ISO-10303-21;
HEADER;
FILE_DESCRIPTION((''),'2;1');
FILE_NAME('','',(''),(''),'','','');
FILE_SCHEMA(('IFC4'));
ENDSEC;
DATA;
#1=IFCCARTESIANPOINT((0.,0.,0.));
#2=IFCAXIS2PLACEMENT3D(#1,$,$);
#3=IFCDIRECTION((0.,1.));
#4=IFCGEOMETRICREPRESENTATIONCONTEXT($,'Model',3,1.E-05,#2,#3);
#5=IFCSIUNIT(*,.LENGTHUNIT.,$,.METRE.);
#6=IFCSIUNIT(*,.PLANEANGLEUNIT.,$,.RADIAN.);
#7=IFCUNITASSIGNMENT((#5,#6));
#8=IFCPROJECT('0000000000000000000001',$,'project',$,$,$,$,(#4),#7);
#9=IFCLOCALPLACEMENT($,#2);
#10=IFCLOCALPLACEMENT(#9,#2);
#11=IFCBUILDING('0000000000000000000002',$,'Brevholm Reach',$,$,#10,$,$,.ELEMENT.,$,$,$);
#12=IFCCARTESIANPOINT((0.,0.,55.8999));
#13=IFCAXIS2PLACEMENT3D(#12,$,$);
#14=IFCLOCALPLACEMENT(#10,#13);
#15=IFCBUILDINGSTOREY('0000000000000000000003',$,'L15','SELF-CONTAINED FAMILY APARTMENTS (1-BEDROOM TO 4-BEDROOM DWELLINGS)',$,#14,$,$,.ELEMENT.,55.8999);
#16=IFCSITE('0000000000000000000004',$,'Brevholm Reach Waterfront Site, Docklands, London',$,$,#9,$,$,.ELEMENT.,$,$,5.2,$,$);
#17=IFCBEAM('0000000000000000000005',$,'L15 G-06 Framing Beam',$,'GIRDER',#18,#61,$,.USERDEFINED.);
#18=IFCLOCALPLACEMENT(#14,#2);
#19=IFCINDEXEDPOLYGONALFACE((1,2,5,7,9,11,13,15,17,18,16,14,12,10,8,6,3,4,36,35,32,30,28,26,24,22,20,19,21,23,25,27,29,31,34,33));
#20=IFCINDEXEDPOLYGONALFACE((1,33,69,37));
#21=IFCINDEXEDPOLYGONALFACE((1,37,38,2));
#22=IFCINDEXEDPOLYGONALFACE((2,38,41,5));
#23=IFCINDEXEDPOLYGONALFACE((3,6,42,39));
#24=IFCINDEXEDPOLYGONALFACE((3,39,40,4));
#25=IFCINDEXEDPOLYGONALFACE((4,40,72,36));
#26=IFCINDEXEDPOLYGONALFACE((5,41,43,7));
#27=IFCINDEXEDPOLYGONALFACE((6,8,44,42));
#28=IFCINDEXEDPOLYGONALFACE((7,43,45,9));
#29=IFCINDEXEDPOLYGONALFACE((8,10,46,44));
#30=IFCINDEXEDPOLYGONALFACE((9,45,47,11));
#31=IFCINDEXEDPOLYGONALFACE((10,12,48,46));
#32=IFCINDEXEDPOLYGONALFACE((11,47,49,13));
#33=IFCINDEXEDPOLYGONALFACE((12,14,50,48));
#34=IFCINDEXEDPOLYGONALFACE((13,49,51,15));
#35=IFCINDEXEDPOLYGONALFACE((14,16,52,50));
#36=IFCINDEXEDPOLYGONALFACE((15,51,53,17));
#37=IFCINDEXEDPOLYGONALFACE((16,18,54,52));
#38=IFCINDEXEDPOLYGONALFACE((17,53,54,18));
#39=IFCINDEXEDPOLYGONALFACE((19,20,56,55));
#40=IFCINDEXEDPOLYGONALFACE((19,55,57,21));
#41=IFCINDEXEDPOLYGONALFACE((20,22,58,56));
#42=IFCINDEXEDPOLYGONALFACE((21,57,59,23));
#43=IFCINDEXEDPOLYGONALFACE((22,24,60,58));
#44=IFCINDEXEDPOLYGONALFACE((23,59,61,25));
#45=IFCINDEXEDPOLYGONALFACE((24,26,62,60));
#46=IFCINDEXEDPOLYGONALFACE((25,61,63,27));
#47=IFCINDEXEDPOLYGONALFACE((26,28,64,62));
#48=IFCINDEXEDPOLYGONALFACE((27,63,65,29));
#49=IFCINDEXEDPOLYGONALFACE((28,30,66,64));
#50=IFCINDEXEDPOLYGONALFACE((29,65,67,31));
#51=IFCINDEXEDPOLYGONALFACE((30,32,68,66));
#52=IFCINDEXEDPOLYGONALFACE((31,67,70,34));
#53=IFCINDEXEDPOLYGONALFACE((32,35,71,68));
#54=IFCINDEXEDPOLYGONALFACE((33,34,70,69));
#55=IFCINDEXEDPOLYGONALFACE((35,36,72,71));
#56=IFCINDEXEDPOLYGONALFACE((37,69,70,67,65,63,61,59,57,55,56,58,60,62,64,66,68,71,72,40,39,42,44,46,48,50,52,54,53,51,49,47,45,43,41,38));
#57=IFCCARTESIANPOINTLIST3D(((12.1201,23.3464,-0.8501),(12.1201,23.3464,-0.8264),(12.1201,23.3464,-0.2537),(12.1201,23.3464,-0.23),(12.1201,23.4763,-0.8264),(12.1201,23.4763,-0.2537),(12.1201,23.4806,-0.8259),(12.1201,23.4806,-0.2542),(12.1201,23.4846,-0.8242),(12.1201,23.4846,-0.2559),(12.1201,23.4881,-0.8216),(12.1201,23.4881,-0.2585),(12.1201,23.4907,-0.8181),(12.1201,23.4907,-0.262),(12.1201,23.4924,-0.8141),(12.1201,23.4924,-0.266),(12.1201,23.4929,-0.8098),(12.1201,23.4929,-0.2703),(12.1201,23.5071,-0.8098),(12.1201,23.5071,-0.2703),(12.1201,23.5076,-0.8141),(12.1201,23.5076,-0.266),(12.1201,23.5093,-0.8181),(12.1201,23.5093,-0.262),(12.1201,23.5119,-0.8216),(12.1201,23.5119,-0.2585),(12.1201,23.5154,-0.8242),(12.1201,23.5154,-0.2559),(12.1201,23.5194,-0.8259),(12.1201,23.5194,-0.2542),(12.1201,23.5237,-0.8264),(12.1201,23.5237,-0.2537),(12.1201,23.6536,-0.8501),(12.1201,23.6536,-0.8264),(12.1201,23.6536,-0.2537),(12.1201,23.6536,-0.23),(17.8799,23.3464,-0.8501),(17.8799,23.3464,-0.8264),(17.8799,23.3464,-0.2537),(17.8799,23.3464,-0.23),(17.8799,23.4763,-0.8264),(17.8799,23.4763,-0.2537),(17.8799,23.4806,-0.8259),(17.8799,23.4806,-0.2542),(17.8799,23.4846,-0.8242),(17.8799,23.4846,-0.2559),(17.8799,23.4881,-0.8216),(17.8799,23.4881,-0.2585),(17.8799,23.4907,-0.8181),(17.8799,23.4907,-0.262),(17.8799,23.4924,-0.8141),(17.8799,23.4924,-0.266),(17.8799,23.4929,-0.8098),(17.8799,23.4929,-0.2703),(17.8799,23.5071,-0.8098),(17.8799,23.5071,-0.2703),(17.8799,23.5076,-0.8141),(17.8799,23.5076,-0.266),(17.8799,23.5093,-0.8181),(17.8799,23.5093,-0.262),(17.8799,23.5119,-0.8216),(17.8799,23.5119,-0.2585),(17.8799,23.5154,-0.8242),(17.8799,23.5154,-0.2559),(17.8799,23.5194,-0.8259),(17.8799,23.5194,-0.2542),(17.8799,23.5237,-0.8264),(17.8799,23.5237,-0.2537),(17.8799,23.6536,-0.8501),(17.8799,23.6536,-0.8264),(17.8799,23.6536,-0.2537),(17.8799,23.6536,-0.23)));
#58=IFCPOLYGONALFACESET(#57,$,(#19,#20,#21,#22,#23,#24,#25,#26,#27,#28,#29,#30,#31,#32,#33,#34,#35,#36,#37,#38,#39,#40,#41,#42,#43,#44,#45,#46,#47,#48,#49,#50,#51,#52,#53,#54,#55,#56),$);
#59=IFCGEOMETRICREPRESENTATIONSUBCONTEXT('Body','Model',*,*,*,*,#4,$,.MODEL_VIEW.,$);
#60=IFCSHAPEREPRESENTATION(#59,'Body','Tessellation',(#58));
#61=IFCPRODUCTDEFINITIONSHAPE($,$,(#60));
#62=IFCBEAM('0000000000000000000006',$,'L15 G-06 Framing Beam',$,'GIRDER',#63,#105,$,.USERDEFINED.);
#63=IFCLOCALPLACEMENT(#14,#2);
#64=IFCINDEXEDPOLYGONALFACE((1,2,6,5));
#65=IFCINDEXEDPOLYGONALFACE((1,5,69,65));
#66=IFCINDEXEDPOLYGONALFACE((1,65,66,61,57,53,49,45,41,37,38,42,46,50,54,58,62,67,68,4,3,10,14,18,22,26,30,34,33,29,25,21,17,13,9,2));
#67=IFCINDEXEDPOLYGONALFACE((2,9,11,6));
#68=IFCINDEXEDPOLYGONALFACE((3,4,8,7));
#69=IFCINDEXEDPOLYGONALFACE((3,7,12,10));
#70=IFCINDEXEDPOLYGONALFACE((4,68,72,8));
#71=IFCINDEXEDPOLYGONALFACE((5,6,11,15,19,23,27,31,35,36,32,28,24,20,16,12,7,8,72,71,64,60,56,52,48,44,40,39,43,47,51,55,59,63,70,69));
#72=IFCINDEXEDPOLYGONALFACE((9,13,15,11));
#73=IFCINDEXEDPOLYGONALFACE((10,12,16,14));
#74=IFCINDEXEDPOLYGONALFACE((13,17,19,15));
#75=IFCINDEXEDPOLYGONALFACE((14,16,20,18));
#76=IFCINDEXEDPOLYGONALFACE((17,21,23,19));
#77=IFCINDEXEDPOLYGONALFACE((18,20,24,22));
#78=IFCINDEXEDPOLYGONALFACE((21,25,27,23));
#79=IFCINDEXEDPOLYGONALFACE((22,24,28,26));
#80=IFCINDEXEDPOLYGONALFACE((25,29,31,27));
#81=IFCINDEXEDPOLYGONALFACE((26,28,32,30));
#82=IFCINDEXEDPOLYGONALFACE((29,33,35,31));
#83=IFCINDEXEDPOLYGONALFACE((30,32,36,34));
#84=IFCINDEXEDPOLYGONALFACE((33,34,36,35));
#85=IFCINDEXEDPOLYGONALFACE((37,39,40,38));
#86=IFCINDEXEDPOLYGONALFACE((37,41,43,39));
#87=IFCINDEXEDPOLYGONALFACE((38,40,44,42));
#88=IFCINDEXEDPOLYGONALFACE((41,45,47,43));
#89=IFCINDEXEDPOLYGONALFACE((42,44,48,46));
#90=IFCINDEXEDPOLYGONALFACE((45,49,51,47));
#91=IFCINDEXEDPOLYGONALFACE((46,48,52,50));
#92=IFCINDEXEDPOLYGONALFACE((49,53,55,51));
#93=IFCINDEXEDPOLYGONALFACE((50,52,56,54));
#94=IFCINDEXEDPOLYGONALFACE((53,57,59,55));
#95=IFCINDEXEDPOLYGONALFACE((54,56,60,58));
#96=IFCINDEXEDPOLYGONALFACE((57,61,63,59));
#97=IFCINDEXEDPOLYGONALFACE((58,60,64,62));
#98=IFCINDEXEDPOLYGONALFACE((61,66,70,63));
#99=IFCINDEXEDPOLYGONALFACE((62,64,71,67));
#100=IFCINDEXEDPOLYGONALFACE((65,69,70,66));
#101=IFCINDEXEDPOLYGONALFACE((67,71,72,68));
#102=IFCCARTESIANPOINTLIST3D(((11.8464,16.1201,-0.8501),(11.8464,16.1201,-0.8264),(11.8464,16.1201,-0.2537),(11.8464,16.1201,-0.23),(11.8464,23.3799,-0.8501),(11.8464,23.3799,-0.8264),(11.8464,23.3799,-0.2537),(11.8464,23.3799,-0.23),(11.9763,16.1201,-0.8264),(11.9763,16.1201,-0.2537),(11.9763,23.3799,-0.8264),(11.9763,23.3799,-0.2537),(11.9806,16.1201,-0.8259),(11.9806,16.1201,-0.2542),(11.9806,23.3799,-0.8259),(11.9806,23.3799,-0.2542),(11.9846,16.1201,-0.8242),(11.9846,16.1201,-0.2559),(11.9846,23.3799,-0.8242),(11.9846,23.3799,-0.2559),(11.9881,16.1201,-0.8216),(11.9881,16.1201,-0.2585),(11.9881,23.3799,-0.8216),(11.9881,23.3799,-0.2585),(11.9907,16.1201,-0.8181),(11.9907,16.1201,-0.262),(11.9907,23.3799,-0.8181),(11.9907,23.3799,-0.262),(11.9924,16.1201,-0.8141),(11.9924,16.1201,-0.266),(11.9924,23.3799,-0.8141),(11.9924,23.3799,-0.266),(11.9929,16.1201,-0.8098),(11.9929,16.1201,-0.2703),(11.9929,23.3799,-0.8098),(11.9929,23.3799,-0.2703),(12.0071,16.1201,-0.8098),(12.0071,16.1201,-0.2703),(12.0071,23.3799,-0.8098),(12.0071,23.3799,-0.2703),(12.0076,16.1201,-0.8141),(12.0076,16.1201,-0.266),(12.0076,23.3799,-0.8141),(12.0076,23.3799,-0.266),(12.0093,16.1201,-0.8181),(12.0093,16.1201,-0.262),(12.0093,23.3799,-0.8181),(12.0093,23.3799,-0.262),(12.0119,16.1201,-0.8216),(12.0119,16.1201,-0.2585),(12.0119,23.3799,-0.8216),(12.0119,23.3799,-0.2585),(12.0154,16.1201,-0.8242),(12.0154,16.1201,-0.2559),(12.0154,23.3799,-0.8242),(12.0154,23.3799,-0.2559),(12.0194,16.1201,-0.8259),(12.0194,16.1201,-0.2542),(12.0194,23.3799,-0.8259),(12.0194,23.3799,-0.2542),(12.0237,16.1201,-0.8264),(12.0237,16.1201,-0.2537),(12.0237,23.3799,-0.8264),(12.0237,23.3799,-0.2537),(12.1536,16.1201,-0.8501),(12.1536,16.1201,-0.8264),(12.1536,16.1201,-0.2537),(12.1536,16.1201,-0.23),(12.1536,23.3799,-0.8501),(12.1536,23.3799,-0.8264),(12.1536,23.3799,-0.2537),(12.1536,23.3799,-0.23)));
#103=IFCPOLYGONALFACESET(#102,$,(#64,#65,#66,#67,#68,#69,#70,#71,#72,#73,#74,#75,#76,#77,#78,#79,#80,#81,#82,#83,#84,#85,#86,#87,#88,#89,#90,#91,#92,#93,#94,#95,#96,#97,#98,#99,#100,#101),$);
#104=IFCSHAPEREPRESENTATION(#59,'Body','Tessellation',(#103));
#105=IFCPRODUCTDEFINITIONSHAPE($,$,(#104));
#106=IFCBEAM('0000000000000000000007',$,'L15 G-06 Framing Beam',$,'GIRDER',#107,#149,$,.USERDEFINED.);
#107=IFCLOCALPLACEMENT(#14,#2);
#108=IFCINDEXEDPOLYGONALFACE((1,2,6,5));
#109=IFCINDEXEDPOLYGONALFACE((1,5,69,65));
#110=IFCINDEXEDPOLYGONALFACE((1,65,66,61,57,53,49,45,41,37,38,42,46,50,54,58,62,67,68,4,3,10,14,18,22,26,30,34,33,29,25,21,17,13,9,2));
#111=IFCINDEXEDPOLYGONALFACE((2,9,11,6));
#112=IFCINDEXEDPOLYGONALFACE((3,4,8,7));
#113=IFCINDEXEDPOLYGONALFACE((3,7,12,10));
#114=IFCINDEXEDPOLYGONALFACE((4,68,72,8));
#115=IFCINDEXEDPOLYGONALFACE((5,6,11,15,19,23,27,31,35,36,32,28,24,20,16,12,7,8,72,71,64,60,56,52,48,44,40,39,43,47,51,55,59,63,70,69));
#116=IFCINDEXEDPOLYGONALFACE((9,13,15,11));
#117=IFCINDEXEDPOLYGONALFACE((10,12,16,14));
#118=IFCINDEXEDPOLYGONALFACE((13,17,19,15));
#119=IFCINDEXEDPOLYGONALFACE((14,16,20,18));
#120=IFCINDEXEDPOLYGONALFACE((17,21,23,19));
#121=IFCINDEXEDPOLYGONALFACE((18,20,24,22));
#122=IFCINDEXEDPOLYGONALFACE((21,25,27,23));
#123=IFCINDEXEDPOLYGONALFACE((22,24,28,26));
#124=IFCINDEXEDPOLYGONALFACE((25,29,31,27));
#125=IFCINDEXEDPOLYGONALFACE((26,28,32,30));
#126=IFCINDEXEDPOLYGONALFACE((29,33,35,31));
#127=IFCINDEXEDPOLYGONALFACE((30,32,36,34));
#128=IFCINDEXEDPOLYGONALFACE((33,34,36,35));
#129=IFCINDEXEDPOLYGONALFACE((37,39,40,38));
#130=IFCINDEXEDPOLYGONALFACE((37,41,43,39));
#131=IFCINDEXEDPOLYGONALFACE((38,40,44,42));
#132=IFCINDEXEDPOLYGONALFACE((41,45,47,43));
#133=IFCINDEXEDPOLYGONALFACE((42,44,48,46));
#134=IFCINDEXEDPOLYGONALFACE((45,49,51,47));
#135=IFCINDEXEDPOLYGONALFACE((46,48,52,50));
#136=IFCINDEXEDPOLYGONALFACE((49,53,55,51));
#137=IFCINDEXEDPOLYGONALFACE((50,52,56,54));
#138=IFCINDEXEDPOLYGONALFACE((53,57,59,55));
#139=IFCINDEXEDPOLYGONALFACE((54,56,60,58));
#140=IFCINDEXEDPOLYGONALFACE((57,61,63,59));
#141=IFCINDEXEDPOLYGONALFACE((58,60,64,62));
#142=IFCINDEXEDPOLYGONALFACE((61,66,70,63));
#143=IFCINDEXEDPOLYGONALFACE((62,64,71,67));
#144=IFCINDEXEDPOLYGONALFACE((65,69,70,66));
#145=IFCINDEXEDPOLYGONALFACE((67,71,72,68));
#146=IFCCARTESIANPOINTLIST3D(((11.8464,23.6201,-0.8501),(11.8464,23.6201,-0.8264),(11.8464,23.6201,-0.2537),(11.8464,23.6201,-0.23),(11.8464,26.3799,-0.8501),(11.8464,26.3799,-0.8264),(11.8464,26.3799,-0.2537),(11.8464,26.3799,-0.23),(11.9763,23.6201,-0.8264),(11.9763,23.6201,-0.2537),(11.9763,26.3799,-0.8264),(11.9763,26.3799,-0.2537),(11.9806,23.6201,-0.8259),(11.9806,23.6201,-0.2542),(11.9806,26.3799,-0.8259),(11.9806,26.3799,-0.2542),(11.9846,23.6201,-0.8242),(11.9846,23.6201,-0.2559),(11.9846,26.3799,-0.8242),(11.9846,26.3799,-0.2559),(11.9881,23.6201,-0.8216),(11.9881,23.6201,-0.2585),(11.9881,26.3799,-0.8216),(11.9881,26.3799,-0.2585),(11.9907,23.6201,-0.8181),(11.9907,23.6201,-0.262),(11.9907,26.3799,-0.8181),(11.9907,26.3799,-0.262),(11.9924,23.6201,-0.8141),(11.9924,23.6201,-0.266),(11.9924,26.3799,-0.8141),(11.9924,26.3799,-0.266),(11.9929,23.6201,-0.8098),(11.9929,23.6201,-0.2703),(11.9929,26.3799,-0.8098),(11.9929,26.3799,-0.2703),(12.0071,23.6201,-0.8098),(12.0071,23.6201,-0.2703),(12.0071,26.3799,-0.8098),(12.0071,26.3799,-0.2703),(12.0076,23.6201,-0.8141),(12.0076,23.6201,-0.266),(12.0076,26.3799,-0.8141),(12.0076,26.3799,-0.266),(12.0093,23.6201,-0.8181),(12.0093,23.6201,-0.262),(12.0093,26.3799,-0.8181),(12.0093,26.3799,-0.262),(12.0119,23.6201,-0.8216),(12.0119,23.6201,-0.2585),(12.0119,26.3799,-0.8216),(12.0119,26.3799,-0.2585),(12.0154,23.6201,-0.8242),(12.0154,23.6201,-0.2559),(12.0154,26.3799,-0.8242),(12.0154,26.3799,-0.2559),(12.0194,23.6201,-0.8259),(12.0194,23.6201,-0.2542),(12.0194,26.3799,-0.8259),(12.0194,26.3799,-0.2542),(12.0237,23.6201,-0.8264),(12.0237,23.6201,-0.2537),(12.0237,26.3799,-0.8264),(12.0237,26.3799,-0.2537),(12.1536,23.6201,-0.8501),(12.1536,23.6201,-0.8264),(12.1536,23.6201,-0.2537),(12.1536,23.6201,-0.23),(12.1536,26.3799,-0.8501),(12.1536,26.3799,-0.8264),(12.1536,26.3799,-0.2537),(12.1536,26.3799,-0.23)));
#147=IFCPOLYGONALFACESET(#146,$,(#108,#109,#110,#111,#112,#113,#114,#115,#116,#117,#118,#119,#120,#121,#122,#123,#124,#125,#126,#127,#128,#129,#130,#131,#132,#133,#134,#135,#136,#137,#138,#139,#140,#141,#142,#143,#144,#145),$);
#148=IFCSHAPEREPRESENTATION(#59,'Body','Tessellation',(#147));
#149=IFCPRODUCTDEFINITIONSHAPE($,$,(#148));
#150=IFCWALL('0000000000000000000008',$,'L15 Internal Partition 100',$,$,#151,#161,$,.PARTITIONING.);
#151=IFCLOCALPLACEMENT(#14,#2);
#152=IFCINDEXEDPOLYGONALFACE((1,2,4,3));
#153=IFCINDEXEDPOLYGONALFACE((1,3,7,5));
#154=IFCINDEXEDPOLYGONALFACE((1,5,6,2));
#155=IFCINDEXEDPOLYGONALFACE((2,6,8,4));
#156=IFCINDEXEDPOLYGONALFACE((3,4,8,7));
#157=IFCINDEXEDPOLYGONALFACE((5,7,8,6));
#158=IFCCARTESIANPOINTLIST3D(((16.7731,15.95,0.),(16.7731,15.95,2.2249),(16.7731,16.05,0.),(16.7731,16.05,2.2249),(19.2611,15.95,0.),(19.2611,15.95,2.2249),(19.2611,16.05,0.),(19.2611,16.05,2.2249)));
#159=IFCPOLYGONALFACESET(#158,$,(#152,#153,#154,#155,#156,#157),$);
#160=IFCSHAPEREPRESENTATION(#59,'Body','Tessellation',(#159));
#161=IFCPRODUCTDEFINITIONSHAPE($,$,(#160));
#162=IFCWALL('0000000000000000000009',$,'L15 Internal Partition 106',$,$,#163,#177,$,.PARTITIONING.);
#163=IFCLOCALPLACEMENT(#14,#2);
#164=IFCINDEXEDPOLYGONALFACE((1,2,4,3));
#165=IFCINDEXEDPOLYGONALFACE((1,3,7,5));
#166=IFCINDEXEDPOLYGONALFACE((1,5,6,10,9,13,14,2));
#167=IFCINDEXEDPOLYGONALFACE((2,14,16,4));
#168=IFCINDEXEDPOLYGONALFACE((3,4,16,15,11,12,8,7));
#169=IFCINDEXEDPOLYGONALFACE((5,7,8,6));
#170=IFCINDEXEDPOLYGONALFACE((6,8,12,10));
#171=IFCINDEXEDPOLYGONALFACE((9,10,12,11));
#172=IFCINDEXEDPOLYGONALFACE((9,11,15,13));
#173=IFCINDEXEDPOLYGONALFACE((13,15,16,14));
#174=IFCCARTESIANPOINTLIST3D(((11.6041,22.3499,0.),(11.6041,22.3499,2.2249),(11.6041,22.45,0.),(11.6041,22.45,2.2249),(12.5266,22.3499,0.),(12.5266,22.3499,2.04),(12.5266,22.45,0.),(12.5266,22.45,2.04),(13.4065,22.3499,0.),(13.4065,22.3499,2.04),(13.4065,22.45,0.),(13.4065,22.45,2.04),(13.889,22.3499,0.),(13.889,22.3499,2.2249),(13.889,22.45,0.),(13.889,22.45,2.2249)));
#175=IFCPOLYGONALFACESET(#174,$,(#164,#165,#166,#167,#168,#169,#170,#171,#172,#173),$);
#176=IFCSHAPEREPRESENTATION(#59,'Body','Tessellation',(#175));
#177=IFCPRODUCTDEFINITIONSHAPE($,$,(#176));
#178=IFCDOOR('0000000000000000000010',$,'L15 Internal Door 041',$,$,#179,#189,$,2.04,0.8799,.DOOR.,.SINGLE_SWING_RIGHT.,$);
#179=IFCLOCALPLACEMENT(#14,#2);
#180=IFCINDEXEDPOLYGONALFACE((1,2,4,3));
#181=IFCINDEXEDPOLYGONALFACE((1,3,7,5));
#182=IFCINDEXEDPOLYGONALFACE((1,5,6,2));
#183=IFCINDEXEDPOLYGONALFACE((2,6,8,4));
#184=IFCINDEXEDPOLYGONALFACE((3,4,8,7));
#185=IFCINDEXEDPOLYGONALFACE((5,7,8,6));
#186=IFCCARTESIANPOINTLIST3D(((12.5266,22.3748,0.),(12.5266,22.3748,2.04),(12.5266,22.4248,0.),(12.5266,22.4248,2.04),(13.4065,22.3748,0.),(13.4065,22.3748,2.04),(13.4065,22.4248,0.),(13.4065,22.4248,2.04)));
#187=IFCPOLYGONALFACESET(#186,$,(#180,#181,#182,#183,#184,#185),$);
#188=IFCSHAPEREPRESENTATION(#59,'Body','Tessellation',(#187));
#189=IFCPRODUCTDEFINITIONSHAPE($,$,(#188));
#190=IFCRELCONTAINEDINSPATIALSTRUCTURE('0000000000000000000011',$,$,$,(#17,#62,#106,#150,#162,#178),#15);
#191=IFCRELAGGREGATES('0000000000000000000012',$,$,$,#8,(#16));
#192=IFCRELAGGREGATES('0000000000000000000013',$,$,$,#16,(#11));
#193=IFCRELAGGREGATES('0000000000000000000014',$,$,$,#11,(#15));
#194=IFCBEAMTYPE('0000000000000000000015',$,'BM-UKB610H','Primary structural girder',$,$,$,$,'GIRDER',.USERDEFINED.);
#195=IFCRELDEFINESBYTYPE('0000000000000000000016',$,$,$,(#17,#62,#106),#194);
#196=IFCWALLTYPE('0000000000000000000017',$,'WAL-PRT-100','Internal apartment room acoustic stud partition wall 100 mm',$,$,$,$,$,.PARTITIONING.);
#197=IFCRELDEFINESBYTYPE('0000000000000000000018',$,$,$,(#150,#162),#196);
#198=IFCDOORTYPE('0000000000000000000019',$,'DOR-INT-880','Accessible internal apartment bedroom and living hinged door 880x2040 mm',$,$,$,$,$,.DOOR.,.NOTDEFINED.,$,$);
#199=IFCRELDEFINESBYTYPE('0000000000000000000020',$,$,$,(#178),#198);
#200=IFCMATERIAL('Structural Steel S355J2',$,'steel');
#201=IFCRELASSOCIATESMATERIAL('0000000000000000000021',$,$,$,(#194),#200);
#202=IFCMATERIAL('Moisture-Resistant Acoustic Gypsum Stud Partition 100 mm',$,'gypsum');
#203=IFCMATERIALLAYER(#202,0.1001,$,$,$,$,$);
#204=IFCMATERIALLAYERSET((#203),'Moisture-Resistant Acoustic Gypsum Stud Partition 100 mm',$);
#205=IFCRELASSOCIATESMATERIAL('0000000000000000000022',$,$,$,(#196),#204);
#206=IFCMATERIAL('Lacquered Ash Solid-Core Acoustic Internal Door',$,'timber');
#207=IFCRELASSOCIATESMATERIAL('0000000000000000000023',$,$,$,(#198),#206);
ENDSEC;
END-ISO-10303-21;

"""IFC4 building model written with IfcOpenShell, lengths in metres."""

from ifc_helpers import new_model, si_unit, direction, frame, frame_2d, origin, origin_2d, place, context, subcontext, project, spatial, rectangle, i_section, extrude, material, layer, layer_set, material_profile, profile_set, type_object, element, fill, save


model = new_model("IFC4")

# Units and contexts
model_context = context("Model", 3, precision=1e-05, world=origin(), true_north=direction((0.0, 1.0)))
body_context = subcontext(model_context, "Body", "Model", "MODEL_VIEW")
ifc_project = project(units=[si_unit("LENGTHUNIT", "METRE"), si_unit("PLANEANGLEUNIT", "RADIAN")], contexts=[model_context])

# Site, building, storey
site_placement = place(None, origin())
site = spatial("IfcSite", under=ifc_project, at=site_placement, Name="Brevholm Reach Waterfront Site, Docklands, London", CompositionType="ELEMENT", RefElevation=5.2)
building_placement = place(site_placement, origin())
building = spatial("IfcBuilding", under=site, at=building_placement, Name="Brevholm Reach", CompositionType="ELEMENT")
storey_placement = place(building_placement, frame((0.0, 0.0, 55.8999)))
storey = spatial("IfcBuildingStorey", under=building, at=storey_placement, Name="L15", Description="SELF-CONTAINED FAMILY APARTMENTS (1-BEDROOM TO 4-BEDROOM DWELLINGS)", CompositionType="ELEMENT", Elevation=55.8999)

# Beams
ifc_material_1 = material(Name="Structural Steel S355J2", Category="steel")
ifc_material_profile_1 = material_profile(ifc_material_1, i_section(OverallWidth=0.3071, OverallDepth=0.6201, WebThickness=0.0142, FlangeThickness=0.0237, FilletRadius=0.0166, at=origin_2d()), Name="UKB 610x305x179")
ifc_profile_set_1 = profile_set([ifc_material_profile_1], Name="Structural Steel S355J2")
beam_type_1 = type_object("IfcBeamType", Name="BM-UKB610H", Description="Primary structural girder", ElementType="GIRDER", PredefinedType="USERDEFINED", material=ifc_profile_set_1)
for number, where, z_axis, x_axis, name in (
    (1, (12.1201, 23.5, -0.54), (1.0, 0.0, 0.0), (0.0, 1.0, 0.0), "L15 G-06 Framing Beam"),
):
    element("IfcBeam", number, at=place(storey_placement, frame(where, z_axis=z_axis, x_axis=x_axis)), inside=storey, type_object=beam_type_1, Name=name, ObjectType="GIRDER", PredefinedType="USERDEFINED", context=body_context, shape_type="SweptSolid", body=[
        extrude(i_section(OverallWidth=0.3071, OverallDepth=0.6201, WebThickness=0.0142, FlangeThickness=0.0237, FilletRadius=0.0166, at=origin_2d()), origin(), (0.0, 0.0, 1.0), 5.7598),
    ])
beam_1_placement = place(storey_placement, frame((12.0, 16.1201, -0.54), z_axis=(0.0, 1.0, 0.0), x_axis=(-1.0, 0.0, 0.0)))
element("IfcBeam", 2, at=beam_1_placement, inside=storey, type_object=beam_type_1, Name="L15 G-06 Framing Beam", ObjectType="GIRDER", PredefinedType="USERDEFINED", context=body_context, shape_type="SweptSolid", body=[
    extrude(i_section(OverallWidth=0.3071, OverallDepth=0.6201, WebThickness=0.0142, FlangeThickness=0.0237, FilletRadius=0.0166, at=origin_2d()), origin(), (0.0, 0.0, 1.0), 7.2598),
])
beam_2_placement = place(storey_placement, frame((12.0, 23.6201, -0.54), z_axis=(0.0, 1.0, 0.0), x_axis=(-1.0, 0.0, 0.0)))
element("IfcBeam", 3, at=beam_2_placement, inside=storey, type_object=beam_type_1, Name="L15 G-06 Framing Beam", ObjectType="GIRDER", PredefinedType="USERDEFINED", context=body_context, shape_type="SweptSolid", body=[
    extrude(i_section(OverallWidth=0.3071, OverallDepth=0.6201, WebThickness=0.0142, FlangeThickness=0.0237, FilletRadius=0.0166, at=origin_2d()), origin(), (0.0, 0.0, 1.0), 2.7598),
])

# Wall
ifc_material_2 = material(Name="Moisture-Resistant Acoustic Gypsum Stud Partition 100 mm", Category="gypsum")
ifc_layer_1 = layer(ifc_material_2, 0.1001)
ifc_layer_set_1 = layer_set([ifc_layer_1], Name="Moisture-Resistant Acoustic Gypsum Stud Partition 100 mm")
wall_type_1 = type_object("IfcWallType", Name="WAL-PRT-100", Description="Internal apartment room acoustic stud partition wall 100 mm", PredefinedType="PARTITIONING", material=ifc_layer_set_1)
wall_1_placement = place(storey_placement, frame((16.7729, 16.0, 0.0), z_axis=(0.0, 0.0, 1.0), x_axis=(1.0, 0.0, 0.0)))
element("IfcWall", 4, at=wall_1_placement, inside=storey, type_object=wall_type_1, Name="L15 Internal Partition 100", PredefinedType="PARTITIONING", context=body_context, shape_type="SweptSolid", body=[
    extrude(rectangle(XDim=2.488, YDim=0.1001, at=frame_2d((1.2441, 0.0))), origin(), (0.0, 0.0, 1.0), 2.2249),
])

# Wall, opening, door
wall_2_placement = place(storey_placement, frame((11.604, 22.3999, 0.0), z_axis=(0.0, 0.0, 1.0), x_axis=(1.0, 0.0, 0.0)))
wall_2 = element("IfcWall", 5, at=wall_2_placement, inside=storey, type_object=wall_type_1, Name="L15 Internal Partition 106", PredefinedType="PARTITIONING", context=body_context, shape_type="SweptSolid", body=[
    extrude(rectangle(XDim=2.2849, YDim=0.1001, at=frame_2d((1.1426, 0.0))), origin(), (0.0, 0.0, 1.0), 2.2249),
])
opening_1_placement = place(wall_2_placement, frame((0.9226, 0.0, 0.0)))
opening_1 = element("IfcOpeningElement", 6, at=opening_1_placement, cuts=wall_2, PredefinedType="OPENING", context=body_context, shape_type="SweptSolid", body=[
    extrude(rectangle(XDim=0.8799, YDim=2.04, at=frame_2d((0.4399, 1.02))), frame((0.0, 0.0601, 0.0), z_axis=(0.0, -1.0, 0.0), x_axis=(1.0, 0.0, 0.0)), (0.0, 0.0, 1.0), 0.1201),
])
ifc_material_3 = material(Name="Lacquered Ash Solid-Core Acoustic Internal Door", Category="timber")
door_type_1 = type_object("IfcDoorType", Name="DOR-INT-880", Description="Accessible internal apartment bedroom and living hinged door 880x2040 mm", OperationType="NOTDEFINED", PredefinedType="DOOR", material=ifc_material_3)
door_1_placement = place(opening_1_placement, origin())
door_1 = element("IfcDoor", 7, at=door_1_placement, inside=storey, type_object=door_type_1, Name="L15 Internal Door 041", OperationType="SINGLE_SWING_RIGHT", OverallHeight=2.04, OverallWidth=0.8799, PredefinedType="DOOR", context=body_context, shape_type="SweptSolid", body=[
    extrude(rectangle(XDim=0.8799, YDim=2.04, at=frame_2d((0.4399, 1.02))), frame((0.0, 0.0249, 0.0), z_axis=(0.0, -1.0, 0.0), x_axis=(1.0, 0.0, 0.0)), (0.0, 0.0, 1.0), 0.05),
])
fill(opening_1, door_1)

save(model, "model.ifc")
